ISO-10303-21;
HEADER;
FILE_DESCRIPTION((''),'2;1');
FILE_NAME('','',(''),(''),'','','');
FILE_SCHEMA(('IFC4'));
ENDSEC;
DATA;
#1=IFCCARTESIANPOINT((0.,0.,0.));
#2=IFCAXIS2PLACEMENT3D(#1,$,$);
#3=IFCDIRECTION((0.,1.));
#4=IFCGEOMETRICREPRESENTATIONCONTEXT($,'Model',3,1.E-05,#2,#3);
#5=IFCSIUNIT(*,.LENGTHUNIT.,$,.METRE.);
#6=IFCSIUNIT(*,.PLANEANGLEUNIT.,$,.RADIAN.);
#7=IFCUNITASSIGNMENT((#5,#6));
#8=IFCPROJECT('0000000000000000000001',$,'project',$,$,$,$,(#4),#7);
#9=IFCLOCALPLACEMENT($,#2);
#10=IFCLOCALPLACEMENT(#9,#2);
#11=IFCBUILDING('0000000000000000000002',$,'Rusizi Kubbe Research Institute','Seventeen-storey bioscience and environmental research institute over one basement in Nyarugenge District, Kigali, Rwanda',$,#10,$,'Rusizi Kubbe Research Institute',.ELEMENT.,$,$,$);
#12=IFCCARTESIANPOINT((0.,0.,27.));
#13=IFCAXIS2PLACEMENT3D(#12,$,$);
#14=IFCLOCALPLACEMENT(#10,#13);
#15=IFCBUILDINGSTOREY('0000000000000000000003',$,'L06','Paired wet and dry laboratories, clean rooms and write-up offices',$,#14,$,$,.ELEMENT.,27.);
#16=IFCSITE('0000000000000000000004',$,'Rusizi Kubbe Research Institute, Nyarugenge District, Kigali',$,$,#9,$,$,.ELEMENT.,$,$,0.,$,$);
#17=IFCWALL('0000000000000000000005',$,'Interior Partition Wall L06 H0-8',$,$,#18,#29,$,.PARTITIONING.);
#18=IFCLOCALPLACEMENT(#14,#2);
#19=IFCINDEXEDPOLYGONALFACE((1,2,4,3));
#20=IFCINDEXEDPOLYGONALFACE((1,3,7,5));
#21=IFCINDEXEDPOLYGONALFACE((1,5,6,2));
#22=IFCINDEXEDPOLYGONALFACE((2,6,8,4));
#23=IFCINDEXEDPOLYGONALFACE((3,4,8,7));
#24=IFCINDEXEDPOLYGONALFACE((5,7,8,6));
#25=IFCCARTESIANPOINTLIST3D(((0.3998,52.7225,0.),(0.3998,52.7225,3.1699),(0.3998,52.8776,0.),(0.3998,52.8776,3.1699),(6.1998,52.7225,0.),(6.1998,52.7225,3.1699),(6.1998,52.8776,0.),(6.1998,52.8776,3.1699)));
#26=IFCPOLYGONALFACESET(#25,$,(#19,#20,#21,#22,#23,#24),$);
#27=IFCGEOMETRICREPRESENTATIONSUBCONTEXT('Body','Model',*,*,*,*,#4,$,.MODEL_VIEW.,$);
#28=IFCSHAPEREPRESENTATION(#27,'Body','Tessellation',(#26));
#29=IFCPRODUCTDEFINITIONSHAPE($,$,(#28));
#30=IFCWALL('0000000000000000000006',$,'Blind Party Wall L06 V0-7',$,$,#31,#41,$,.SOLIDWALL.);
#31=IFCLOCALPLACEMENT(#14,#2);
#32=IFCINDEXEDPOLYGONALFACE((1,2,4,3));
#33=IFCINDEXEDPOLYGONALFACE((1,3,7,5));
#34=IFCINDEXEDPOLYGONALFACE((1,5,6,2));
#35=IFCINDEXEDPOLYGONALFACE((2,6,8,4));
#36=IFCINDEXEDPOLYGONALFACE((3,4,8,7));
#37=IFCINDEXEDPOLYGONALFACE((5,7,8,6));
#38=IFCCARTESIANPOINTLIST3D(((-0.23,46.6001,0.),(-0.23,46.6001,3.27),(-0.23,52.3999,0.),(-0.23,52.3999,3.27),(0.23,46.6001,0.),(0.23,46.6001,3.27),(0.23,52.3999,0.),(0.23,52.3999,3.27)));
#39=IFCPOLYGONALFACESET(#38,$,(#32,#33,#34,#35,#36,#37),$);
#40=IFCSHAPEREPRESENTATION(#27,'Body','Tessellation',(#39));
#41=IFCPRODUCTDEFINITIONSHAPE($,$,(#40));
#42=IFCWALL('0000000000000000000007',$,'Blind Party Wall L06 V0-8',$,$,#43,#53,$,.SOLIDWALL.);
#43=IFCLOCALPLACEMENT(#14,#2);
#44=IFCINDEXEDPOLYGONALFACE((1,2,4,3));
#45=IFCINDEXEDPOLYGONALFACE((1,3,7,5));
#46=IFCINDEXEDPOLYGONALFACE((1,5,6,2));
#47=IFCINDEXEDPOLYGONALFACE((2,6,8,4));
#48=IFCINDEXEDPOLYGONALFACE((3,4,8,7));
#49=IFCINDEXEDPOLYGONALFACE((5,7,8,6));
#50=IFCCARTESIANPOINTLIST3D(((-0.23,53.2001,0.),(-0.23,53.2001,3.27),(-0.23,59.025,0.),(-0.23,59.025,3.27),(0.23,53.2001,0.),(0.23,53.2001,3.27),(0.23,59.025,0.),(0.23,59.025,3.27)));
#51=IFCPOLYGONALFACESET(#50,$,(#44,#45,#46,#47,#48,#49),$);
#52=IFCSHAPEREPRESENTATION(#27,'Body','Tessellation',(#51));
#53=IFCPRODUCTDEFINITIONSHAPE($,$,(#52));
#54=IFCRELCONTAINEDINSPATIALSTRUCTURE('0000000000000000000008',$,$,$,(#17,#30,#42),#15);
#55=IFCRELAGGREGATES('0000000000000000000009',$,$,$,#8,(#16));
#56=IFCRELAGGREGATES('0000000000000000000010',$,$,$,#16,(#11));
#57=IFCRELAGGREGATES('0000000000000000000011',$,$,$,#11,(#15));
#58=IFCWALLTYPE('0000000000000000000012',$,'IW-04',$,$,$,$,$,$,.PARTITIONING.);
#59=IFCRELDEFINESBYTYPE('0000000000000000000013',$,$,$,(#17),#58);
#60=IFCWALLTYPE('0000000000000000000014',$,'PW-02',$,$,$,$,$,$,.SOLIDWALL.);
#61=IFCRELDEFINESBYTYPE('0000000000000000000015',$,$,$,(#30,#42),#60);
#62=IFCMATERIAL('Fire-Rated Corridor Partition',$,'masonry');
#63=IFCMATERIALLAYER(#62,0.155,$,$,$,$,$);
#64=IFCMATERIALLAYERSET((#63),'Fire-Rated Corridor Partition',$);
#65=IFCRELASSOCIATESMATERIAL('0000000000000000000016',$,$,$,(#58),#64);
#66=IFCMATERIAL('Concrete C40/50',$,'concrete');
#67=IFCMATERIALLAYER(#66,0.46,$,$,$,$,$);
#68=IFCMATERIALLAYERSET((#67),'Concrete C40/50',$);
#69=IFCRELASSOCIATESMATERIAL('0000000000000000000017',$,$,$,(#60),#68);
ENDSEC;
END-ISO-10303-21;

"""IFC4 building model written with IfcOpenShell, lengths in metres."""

from ifc_helpers import new_model, si_unit, direction, frame, frame_2d, origin, place, context, subcontext, project, spatial, rectangle, extrude, material, layer, layer_set, type_object, element, save


model = new_model("IFC4")

# Units and contexts
model_context = context("Model", 3, precision=1e-05, world=origin(), true_north=direction((0.0, 1.0)))
body_context = subcontext(model_context, "Body", "Model", "MODEL_VIEW")
ifc_project = project(units=[si_unit("LENGTHUNIT", "METRE"), si_unit("PLANEANGLEUNIT", "RADIAN")], contexts=[model_context])

# Site, building, storey
site_placement = place(None, origin())
site = spatial("IfcSite", under=ifc_project, at=site_placement, Name="Rusizi Kubbe Research Institute, Nyarugenge District, Kigali", CompositionType="ELEMENT", RefElevation=0.0)
building_placement = place(site_placement, origin())
building = spatial("IfcBuilding", under=site, at=building_placement, Name="Rusizi Kubbe Research Institute", Description="Seventeen-storey bioscience and environmental research institute over one basement in Nyarugenge District, Kigali, Rwanda", LongName="Rusizi Kubbe Research Institute", CompositionType="ELEMENT")
storey_placement = place(building_placement, frame((0.0, 0.0, 27.0)))
storey = spatial("IfcBuildingStorey", under=building, at=storey_placement, Name="L06", Description="Paired wet and dry laboratories, clean rooms and write-up offices", CompositionType="ELEMENT", Elevation=27.0)

# Walls
ifc_material_1 = material(Name="Fire-Rated Corridor Partition", Category="masonry")
ifc_layer_1 = layer(ifc_material_1, 0.155)
ifc_layer_set_1 = layer_set([ifc_layer_1], Name="Fire-Rated Corridor Partition")
wall_type_1 = type_object("IfcWallType", Name="IW-04", PredefinedType="PARTITIONING", material=ifc_layer_set_1)
wall_1_placement = place(storey_placement, frame((0.3999, 52.8, 0.0), z_axis=(0.0, 0.0, 1.0), x_axis=(1.0, 0.0, 0.0)))
element("IfcWall", 1, at=wall_1_placement, inside=storey, type_object=wall_type_1, Name="Interior Partition Wall L06 H0-8", PredefinedType="PARTITIONING", context=body_context, shape_type="SweptSolid", body=[
    extrude(rectangle(XDim=5.8, YDim=0.155, at=frame_2d((2.8999, 0.0))), origin(), (0.0, 0.0, 1.0), 3.1699),
])
ifc_material_2 = material(Name="Concrete C40/50", Category="concrete")
ifc_layer_2 = layer(ifc_material_2, 0.46)
ifc_layer_set_2 = layer_set([ifc_layer_2], Name="Concrete C40/50")
wall_type_2 = type_object("IfcWallType", Name="PW-02", PredefinedType="SOLIDWALL", material=ifc_layer_set_2)
wall_2_placement = place(storey_placement, frame((0.0, 46.6001, 0.0), z_axis=(0.0, 0.0, 1.0), x_axis=(0.0, 1.0, 0.0)))
element("IfcWall", 2, at=wall_2_placement, inside=storey, type_object=wall_type_2, Name="Blind Party Wall L06 V0-7", PredefinedType="SOLIDWALL", context=body_context, shape_type="SweptSolid", body=[
    extrude(rectangle(XDim=5.7998, YDim=0.46, at=frame_2d((2.8999, 0.0))), origin(), (0.0, 0.0, 1.0), 3.27),
])
wall_3_placement = place(storey_placement, frame((0.0, 53.2, 0.0), z_axis=(0.0, 0.0, 1.0), x_axis=(0.0, 1.0, 0.0)))
element("IfcWall", 3, at=wall_3_placement, inside=storey, type_object=wall_type_2, Name="Blind Party Wall L06 V0-8", PredefinedType="SOLIDWALL", context=body_context, shape_type="SweptSolid", body=[
    extrude(rectangle(XDim=5.825, YDim=0.46, at=frame_2d((2.9126, 0.0))), origin(), (0.0, 0.0, 1.0), 3.27),
])

save(model, "model.ifc")
